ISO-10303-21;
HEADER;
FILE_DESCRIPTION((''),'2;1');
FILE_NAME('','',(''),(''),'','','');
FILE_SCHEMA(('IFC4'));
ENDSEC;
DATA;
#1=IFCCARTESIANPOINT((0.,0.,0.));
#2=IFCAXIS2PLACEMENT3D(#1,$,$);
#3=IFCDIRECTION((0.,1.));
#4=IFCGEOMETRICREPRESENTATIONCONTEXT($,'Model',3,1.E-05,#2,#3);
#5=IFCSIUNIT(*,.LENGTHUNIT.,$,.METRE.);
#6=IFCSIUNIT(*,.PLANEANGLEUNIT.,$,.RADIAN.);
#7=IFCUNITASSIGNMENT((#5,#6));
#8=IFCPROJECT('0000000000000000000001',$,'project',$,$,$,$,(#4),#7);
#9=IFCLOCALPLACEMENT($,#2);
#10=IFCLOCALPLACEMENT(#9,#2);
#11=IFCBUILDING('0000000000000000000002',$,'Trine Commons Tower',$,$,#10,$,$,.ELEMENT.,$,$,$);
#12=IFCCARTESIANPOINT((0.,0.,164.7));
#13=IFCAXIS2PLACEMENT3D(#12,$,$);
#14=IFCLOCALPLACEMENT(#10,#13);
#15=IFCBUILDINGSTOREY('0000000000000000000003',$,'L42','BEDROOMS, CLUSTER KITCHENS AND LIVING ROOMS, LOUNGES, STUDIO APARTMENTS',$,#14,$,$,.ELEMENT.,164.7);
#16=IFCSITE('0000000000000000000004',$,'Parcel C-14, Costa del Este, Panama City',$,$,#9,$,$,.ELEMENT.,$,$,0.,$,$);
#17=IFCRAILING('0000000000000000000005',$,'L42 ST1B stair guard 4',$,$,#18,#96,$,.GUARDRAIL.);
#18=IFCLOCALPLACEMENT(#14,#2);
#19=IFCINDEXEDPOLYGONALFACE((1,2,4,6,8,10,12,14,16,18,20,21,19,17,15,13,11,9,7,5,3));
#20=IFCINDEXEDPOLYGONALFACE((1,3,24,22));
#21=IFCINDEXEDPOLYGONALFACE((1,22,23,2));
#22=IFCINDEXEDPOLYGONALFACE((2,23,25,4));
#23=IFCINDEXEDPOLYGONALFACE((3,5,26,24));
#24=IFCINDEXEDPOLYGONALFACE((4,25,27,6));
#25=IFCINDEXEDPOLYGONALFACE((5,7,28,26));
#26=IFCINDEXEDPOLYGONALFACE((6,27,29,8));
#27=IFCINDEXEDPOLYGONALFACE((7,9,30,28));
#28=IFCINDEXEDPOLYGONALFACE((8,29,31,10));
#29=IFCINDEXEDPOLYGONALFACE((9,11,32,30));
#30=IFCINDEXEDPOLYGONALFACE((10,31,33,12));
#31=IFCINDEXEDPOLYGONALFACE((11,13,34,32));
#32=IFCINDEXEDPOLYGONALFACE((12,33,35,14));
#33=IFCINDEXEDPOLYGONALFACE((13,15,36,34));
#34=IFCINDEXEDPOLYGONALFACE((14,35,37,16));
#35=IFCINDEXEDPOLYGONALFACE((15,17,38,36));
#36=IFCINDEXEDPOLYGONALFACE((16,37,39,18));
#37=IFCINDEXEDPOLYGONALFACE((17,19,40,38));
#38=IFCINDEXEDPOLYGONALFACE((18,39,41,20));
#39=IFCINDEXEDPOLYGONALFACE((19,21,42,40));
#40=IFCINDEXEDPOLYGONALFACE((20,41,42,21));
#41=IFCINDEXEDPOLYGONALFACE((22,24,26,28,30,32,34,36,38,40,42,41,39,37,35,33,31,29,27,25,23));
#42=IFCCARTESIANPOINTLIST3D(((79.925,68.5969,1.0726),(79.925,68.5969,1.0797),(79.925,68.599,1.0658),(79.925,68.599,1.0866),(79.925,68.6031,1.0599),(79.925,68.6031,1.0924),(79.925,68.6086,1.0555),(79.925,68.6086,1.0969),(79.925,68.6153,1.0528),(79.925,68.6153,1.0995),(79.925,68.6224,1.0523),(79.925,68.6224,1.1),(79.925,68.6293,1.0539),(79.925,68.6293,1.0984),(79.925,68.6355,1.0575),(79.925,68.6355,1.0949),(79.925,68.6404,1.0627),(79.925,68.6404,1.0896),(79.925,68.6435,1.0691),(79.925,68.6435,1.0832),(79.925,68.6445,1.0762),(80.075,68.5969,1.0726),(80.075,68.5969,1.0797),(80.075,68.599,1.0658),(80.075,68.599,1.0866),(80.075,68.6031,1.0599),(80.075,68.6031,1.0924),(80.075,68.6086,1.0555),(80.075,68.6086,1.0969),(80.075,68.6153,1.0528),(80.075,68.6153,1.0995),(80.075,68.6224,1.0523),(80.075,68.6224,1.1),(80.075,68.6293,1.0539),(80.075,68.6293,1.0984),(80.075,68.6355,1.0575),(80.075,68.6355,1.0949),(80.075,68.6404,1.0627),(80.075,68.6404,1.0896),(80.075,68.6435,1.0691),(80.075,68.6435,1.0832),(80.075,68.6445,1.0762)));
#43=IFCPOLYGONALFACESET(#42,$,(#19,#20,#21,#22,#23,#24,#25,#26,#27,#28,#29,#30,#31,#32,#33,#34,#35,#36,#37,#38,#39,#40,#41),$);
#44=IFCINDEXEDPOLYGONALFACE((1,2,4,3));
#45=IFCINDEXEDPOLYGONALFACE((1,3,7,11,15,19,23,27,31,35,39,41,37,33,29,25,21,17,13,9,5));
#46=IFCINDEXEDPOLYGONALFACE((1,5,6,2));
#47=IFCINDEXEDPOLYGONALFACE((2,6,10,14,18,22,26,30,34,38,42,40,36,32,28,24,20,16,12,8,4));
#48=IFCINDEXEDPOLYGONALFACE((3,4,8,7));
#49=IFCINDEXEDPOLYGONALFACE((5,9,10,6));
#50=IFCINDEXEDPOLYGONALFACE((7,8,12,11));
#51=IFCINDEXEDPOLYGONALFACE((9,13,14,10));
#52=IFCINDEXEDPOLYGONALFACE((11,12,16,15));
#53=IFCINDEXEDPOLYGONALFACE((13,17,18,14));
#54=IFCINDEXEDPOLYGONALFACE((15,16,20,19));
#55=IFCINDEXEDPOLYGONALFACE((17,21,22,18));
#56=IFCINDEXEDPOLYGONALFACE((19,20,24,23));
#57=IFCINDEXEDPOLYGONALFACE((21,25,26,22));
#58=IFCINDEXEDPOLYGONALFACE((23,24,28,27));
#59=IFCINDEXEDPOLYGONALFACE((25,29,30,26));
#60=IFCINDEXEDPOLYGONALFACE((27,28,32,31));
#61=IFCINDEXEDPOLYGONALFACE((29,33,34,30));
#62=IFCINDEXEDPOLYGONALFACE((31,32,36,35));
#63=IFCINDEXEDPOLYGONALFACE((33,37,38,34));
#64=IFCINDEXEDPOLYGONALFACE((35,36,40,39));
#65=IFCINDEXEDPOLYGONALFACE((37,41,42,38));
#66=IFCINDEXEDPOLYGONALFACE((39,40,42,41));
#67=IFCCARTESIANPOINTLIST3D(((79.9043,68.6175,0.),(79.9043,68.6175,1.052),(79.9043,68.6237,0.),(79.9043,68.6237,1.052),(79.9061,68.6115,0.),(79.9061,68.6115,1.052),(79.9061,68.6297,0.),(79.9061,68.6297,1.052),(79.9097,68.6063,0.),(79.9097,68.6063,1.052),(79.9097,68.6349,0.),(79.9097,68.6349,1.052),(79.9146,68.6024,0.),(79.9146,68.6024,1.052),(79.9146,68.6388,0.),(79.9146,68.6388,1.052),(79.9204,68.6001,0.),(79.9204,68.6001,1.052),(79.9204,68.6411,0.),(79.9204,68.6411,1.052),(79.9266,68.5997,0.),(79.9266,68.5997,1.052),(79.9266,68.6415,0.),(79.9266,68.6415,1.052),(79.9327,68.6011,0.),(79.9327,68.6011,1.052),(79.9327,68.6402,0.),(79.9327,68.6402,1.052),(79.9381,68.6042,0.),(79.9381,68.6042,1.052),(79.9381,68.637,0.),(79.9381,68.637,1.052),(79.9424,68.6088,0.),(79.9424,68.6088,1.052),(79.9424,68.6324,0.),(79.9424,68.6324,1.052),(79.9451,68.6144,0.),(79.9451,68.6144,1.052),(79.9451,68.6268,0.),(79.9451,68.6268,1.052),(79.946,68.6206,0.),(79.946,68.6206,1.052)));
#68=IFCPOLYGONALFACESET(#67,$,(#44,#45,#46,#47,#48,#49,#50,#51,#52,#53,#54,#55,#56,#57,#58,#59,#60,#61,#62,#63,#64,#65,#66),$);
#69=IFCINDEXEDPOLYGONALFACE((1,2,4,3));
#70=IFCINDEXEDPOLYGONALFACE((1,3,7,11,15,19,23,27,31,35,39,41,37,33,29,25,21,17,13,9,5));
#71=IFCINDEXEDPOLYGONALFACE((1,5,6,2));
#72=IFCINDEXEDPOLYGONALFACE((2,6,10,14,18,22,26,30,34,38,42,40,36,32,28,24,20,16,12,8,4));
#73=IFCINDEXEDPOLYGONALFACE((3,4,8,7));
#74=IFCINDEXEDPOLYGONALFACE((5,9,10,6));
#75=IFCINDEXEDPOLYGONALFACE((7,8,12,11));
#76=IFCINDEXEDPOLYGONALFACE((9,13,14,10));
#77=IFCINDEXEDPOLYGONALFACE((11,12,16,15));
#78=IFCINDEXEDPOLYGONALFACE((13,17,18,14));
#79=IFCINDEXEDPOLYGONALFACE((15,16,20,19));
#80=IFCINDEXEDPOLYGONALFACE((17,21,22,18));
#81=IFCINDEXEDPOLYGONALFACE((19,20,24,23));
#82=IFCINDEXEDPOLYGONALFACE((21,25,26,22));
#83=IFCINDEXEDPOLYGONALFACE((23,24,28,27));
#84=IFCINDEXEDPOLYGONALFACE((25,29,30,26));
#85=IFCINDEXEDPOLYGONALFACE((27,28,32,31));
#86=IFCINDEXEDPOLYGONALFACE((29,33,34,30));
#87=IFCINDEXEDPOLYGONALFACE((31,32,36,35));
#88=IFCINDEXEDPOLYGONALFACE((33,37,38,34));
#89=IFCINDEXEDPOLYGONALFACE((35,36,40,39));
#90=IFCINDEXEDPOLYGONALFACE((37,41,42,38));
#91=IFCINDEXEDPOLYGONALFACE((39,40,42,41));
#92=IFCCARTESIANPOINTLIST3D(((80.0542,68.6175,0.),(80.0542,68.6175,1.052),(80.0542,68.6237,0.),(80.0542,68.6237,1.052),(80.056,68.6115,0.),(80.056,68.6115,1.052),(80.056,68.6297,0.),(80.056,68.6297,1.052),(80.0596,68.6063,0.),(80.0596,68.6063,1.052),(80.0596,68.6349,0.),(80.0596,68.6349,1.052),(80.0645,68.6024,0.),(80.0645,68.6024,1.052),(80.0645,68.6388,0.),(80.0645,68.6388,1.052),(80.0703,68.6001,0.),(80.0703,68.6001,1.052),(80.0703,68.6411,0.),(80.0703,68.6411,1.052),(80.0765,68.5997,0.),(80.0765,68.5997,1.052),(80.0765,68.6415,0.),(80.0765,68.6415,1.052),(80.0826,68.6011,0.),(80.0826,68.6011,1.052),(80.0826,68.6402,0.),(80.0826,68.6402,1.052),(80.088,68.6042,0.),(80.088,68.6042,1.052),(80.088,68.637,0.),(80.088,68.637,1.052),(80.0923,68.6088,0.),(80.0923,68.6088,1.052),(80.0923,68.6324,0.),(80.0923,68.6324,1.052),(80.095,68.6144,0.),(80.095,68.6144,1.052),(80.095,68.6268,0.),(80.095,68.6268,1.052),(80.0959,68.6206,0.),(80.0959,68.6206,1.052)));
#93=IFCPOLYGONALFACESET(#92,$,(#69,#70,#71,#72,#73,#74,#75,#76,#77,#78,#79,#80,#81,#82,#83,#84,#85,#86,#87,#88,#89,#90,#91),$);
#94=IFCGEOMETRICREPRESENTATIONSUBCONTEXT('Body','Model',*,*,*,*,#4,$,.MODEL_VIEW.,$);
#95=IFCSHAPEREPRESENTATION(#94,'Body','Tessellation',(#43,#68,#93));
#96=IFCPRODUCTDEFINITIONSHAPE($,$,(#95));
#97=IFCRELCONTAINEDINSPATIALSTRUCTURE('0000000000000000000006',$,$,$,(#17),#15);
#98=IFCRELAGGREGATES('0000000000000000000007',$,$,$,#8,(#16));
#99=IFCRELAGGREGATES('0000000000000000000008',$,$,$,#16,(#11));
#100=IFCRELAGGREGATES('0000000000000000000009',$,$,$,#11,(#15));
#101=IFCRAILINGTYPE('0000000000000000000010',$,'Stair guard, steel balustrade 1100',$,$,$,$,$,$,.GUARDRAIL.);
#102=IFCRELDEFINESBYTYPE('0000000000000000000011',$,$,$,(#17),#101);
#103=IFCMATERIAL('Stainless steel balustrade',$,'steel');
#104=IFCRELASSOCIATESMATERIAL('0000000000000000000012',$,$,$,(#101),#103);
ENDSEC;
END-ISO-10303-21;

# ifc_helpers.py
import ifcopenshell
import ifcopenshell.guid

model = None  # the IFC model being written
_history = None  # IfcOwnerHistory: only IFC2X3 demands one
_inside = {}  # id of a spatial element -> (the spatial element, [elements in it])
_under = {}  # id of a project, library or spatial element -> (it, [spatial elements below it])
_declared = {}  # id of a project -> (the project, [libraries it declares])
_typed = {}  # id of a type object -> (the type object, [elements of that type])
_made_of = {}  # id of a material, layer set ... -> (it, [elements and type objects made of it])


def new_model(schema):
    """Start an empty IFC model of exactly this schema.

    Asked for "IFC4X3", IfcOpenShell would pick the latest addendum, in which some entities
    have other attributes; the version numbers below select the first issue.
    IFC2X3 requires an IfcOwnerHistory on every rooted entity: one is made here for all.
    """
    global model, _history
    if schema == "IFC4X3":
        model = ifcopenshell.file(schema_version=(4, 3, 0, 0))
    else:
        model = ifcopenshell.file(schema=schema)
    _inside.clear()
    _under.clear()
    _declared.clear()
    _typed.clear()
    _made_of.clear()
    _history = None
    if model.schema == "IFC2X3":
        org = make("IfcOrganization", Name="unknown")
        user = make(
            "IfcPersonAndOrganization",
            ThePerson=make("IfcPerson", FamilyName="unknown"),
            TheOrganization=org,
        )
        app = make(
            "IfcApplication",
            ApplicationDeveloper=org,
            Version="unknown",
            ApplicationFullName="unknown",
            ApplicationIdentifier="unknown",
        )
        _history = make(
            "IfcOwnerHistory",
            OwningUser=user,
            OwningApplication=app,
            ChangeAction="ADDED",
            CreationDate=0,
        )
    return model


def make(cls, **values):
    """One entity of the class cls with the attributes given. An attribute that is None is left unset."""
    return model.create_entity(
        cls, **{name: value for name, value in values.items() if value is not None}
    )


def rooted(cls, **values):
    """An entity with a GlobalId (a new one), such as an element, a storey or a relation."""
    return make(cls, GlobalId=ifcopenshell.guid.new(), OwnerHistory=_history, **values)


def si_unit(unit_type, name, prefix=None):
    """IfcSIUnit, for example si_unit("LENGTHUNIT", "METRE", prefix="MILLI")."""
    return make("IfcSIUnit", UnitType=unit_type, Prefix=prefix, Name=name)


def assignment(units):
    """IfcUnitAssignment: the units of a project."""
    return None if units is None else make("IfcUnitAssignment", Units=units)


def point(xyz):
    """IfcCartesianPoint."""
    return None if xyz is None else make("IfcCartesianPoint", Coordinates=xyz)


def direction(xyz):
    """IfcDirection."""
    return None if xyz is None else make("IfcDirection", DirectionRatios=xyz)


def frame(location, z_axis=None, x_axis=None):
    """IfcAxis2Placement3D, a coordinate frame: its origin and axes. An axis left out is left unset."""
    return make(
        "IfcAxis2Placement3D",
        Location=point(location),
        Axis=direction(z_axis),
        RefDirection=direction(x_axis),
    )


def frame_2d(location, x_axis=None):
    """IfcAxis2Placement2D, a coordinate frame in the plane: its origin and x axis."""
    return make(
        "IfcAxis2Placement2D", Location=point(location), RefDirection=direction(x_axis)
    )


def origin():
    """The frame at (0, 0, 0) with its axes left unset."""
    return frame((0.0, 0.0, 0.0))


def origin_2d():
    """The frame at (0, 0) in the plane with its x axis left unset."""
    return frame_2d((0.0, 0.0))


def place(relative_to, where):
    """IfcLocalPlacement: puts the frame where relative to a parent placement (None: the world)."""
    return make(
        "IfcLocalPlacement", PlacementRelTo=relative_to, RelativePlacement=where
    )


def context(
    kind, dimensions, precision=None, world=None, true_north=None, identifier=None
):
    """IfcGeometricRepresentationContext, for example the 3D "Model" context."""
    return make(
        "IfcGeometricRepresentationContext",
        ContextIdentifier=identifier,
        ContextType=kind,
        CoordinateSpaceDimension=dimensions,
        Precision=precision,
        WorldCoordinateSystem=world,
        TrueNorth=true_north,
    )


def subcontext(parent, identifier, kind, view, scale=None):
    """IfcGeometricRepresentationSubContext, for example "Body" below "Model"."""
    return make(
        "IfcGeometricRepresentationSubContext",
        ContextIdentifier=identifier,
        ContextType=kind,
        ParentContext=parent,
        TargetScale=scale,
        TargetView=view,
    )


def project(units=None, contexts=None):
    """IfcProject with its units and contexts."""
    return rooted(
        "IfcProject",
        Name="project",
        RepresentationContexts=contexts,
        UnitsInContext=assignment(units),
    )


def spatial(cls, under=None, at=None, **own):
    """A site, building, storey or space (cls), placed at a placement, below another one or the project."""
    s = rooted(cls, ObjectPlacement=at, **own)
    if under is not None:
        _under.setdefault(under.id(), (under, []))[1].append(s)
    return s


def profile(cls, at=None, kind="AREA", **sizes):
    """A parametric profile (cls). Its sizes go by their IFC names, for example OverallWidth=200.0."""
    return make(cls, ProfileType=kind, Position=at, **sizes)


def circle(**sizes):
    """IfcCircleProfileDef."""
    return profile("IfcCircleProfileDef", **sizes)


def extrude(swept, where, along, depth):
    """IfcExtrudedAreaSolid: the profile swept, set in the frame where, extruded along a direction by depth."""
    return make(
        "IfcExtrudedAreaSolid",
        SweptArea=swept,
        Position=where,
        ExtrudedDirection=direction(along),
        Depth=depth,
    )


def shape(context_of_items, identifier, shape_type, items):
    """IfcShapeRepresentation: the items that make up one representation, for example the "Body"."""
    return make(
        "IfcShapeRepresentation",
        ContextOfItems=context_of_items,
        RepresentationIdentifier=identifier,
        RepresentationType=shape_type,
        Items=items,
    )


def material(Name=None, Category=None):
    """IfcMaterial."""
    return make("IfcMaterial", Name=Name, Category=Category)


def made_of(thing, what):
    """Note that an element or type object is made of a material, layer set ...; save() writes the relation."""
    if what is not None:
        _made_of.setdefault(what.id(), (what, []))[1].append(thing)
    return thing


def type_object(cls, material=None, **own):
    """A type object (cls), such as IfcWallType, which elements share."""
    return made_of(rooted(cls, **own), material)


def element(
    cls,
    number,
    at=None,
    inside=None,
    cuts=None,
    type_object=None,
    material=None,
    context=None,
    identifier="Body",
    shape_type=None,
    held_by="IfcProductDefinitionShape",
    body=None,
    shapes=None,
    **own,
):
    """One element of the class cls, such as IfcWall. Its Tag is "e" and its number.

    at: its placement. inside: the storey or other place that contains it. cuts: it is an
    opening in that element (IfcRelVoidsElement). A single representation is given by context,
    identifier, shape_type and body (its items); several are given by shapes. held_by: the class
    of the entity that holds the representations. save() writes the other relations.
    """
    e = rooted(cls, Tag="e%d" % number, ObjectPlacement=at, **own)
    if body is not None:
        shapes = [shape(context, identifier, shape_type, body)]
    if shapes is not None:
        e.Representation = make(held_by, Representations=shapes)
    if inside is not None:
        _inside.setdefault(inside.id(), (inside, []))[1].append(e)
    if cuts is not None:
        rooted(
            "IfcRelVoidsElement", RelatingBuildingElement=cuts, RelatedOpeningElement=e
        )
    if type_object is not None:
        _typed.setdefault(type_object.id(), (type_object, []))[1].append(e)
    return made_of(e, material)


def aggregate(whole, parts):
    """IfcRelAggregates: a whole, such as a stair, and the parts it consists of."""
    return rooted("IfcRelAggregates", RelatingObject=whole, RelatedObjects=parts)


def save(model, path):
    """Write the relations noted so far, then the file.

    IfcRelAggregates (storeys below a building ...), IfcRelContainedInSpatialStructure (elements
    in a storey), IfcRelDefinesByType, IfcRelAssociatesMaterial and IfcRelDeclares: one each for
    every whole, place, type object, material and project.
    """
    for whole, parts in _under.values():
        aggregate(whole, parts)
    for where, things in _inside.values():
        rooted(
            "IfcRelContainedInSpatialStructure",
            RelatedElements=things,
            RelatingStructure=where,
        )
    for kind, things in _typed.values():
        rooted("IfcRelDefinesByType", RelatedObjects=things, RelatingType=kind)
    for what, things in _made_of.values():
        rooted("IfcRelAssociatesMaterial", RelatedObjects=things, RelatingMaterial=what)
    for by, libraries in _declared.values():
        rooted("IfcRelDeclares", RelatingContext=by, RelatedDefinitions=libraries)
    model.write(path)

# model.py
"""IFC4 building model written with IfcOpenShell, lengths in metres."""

from ifc_helpers import new_model, si_unit, direction, frame, origin, origin_2d, place, context, subcontext, project, spatial, circle, extrude, material, type_object, element, save


model = new_model("IFC4")

# Units and contexts
model_context = context("Model", 3, precision=1e-05, world=origin(), true_north=direction((0.0, 1.0)))
body_context = subcontext(model_context, "Body", "Model", "MODEL_VIEW")
ifc_project = project(units=[si_unit("LENGTHUNIT", "METRE"), si_unit("PLANEANGLEUNIT", "RADIAN")], contexts=[model_context])

# Site, building, storey
site_placement = place(None, origin())
site = spatial("IfcSite", under=ifc_project, at=site_placement, Name="Parcel C-14, Costa del Este, Panama City", CompositionType="ELEMENT", RefElevation=0.0)
building_placement = place(site_placement, origin())
building = spatial("IfcBuilding", under=site, at=building_placement, Name="Trine Commons Tower", CompositionType="ELEMENT")
storey_placement = place(building_placement, frame((0.0, 0.0, 164.7)))
storey = spatial("IfcBuildingStorey", under=building, at=storey_placement, Name="L42", Description="BEDROOMS, CLUSTER KITCHENS AND LIVING ROOMS, LOUNGES, STUDIO APARTMENTS", CompositionType="ELEMENT", Elevation=164.7)

# Railing
ifc_material_1 = material(Name="Stainless steel balustrade", Category="steel")
railing_type_1 = type_object("IfcRailingType", Name="Stair guard, steel balustrade 1100", PredefinedType="GUARDRAIL", material=ifc_material_1)
railing_1_placement = place(storey_placement, frame((79.925, 68.6206, 0.0)))
element("IfcRailing", 1, at=railing_1_placement, inside=storey, type_object=railing_type_1, Name="L42 ST1B stair guard 4", PredefinedType="GUARDRAIL", context=body_context, shape_type="SweptSolid", body=[
    extrude(circle(Radius=0.0239, at=origin_2d()), frame((0.0, 0.0, 1.0762), z_axis=(1.0, 0.0, 0.0), x_axis=(0.0, 1.0, 0.0)), (0.0, 0.0, 1.0), 0.1499),
    extrude(circle(Radius=0.021, at=origin_2d()), origin(), (0.0, 0.0, 1.0), 1.052),
    extrude(circle(Radius=0.021, at=origin_2d()), frame((0.1499, 0.0, 0.0)), (0.0, 0.0, 1.0), 1.052),
])

save(model, "model.ifc")
